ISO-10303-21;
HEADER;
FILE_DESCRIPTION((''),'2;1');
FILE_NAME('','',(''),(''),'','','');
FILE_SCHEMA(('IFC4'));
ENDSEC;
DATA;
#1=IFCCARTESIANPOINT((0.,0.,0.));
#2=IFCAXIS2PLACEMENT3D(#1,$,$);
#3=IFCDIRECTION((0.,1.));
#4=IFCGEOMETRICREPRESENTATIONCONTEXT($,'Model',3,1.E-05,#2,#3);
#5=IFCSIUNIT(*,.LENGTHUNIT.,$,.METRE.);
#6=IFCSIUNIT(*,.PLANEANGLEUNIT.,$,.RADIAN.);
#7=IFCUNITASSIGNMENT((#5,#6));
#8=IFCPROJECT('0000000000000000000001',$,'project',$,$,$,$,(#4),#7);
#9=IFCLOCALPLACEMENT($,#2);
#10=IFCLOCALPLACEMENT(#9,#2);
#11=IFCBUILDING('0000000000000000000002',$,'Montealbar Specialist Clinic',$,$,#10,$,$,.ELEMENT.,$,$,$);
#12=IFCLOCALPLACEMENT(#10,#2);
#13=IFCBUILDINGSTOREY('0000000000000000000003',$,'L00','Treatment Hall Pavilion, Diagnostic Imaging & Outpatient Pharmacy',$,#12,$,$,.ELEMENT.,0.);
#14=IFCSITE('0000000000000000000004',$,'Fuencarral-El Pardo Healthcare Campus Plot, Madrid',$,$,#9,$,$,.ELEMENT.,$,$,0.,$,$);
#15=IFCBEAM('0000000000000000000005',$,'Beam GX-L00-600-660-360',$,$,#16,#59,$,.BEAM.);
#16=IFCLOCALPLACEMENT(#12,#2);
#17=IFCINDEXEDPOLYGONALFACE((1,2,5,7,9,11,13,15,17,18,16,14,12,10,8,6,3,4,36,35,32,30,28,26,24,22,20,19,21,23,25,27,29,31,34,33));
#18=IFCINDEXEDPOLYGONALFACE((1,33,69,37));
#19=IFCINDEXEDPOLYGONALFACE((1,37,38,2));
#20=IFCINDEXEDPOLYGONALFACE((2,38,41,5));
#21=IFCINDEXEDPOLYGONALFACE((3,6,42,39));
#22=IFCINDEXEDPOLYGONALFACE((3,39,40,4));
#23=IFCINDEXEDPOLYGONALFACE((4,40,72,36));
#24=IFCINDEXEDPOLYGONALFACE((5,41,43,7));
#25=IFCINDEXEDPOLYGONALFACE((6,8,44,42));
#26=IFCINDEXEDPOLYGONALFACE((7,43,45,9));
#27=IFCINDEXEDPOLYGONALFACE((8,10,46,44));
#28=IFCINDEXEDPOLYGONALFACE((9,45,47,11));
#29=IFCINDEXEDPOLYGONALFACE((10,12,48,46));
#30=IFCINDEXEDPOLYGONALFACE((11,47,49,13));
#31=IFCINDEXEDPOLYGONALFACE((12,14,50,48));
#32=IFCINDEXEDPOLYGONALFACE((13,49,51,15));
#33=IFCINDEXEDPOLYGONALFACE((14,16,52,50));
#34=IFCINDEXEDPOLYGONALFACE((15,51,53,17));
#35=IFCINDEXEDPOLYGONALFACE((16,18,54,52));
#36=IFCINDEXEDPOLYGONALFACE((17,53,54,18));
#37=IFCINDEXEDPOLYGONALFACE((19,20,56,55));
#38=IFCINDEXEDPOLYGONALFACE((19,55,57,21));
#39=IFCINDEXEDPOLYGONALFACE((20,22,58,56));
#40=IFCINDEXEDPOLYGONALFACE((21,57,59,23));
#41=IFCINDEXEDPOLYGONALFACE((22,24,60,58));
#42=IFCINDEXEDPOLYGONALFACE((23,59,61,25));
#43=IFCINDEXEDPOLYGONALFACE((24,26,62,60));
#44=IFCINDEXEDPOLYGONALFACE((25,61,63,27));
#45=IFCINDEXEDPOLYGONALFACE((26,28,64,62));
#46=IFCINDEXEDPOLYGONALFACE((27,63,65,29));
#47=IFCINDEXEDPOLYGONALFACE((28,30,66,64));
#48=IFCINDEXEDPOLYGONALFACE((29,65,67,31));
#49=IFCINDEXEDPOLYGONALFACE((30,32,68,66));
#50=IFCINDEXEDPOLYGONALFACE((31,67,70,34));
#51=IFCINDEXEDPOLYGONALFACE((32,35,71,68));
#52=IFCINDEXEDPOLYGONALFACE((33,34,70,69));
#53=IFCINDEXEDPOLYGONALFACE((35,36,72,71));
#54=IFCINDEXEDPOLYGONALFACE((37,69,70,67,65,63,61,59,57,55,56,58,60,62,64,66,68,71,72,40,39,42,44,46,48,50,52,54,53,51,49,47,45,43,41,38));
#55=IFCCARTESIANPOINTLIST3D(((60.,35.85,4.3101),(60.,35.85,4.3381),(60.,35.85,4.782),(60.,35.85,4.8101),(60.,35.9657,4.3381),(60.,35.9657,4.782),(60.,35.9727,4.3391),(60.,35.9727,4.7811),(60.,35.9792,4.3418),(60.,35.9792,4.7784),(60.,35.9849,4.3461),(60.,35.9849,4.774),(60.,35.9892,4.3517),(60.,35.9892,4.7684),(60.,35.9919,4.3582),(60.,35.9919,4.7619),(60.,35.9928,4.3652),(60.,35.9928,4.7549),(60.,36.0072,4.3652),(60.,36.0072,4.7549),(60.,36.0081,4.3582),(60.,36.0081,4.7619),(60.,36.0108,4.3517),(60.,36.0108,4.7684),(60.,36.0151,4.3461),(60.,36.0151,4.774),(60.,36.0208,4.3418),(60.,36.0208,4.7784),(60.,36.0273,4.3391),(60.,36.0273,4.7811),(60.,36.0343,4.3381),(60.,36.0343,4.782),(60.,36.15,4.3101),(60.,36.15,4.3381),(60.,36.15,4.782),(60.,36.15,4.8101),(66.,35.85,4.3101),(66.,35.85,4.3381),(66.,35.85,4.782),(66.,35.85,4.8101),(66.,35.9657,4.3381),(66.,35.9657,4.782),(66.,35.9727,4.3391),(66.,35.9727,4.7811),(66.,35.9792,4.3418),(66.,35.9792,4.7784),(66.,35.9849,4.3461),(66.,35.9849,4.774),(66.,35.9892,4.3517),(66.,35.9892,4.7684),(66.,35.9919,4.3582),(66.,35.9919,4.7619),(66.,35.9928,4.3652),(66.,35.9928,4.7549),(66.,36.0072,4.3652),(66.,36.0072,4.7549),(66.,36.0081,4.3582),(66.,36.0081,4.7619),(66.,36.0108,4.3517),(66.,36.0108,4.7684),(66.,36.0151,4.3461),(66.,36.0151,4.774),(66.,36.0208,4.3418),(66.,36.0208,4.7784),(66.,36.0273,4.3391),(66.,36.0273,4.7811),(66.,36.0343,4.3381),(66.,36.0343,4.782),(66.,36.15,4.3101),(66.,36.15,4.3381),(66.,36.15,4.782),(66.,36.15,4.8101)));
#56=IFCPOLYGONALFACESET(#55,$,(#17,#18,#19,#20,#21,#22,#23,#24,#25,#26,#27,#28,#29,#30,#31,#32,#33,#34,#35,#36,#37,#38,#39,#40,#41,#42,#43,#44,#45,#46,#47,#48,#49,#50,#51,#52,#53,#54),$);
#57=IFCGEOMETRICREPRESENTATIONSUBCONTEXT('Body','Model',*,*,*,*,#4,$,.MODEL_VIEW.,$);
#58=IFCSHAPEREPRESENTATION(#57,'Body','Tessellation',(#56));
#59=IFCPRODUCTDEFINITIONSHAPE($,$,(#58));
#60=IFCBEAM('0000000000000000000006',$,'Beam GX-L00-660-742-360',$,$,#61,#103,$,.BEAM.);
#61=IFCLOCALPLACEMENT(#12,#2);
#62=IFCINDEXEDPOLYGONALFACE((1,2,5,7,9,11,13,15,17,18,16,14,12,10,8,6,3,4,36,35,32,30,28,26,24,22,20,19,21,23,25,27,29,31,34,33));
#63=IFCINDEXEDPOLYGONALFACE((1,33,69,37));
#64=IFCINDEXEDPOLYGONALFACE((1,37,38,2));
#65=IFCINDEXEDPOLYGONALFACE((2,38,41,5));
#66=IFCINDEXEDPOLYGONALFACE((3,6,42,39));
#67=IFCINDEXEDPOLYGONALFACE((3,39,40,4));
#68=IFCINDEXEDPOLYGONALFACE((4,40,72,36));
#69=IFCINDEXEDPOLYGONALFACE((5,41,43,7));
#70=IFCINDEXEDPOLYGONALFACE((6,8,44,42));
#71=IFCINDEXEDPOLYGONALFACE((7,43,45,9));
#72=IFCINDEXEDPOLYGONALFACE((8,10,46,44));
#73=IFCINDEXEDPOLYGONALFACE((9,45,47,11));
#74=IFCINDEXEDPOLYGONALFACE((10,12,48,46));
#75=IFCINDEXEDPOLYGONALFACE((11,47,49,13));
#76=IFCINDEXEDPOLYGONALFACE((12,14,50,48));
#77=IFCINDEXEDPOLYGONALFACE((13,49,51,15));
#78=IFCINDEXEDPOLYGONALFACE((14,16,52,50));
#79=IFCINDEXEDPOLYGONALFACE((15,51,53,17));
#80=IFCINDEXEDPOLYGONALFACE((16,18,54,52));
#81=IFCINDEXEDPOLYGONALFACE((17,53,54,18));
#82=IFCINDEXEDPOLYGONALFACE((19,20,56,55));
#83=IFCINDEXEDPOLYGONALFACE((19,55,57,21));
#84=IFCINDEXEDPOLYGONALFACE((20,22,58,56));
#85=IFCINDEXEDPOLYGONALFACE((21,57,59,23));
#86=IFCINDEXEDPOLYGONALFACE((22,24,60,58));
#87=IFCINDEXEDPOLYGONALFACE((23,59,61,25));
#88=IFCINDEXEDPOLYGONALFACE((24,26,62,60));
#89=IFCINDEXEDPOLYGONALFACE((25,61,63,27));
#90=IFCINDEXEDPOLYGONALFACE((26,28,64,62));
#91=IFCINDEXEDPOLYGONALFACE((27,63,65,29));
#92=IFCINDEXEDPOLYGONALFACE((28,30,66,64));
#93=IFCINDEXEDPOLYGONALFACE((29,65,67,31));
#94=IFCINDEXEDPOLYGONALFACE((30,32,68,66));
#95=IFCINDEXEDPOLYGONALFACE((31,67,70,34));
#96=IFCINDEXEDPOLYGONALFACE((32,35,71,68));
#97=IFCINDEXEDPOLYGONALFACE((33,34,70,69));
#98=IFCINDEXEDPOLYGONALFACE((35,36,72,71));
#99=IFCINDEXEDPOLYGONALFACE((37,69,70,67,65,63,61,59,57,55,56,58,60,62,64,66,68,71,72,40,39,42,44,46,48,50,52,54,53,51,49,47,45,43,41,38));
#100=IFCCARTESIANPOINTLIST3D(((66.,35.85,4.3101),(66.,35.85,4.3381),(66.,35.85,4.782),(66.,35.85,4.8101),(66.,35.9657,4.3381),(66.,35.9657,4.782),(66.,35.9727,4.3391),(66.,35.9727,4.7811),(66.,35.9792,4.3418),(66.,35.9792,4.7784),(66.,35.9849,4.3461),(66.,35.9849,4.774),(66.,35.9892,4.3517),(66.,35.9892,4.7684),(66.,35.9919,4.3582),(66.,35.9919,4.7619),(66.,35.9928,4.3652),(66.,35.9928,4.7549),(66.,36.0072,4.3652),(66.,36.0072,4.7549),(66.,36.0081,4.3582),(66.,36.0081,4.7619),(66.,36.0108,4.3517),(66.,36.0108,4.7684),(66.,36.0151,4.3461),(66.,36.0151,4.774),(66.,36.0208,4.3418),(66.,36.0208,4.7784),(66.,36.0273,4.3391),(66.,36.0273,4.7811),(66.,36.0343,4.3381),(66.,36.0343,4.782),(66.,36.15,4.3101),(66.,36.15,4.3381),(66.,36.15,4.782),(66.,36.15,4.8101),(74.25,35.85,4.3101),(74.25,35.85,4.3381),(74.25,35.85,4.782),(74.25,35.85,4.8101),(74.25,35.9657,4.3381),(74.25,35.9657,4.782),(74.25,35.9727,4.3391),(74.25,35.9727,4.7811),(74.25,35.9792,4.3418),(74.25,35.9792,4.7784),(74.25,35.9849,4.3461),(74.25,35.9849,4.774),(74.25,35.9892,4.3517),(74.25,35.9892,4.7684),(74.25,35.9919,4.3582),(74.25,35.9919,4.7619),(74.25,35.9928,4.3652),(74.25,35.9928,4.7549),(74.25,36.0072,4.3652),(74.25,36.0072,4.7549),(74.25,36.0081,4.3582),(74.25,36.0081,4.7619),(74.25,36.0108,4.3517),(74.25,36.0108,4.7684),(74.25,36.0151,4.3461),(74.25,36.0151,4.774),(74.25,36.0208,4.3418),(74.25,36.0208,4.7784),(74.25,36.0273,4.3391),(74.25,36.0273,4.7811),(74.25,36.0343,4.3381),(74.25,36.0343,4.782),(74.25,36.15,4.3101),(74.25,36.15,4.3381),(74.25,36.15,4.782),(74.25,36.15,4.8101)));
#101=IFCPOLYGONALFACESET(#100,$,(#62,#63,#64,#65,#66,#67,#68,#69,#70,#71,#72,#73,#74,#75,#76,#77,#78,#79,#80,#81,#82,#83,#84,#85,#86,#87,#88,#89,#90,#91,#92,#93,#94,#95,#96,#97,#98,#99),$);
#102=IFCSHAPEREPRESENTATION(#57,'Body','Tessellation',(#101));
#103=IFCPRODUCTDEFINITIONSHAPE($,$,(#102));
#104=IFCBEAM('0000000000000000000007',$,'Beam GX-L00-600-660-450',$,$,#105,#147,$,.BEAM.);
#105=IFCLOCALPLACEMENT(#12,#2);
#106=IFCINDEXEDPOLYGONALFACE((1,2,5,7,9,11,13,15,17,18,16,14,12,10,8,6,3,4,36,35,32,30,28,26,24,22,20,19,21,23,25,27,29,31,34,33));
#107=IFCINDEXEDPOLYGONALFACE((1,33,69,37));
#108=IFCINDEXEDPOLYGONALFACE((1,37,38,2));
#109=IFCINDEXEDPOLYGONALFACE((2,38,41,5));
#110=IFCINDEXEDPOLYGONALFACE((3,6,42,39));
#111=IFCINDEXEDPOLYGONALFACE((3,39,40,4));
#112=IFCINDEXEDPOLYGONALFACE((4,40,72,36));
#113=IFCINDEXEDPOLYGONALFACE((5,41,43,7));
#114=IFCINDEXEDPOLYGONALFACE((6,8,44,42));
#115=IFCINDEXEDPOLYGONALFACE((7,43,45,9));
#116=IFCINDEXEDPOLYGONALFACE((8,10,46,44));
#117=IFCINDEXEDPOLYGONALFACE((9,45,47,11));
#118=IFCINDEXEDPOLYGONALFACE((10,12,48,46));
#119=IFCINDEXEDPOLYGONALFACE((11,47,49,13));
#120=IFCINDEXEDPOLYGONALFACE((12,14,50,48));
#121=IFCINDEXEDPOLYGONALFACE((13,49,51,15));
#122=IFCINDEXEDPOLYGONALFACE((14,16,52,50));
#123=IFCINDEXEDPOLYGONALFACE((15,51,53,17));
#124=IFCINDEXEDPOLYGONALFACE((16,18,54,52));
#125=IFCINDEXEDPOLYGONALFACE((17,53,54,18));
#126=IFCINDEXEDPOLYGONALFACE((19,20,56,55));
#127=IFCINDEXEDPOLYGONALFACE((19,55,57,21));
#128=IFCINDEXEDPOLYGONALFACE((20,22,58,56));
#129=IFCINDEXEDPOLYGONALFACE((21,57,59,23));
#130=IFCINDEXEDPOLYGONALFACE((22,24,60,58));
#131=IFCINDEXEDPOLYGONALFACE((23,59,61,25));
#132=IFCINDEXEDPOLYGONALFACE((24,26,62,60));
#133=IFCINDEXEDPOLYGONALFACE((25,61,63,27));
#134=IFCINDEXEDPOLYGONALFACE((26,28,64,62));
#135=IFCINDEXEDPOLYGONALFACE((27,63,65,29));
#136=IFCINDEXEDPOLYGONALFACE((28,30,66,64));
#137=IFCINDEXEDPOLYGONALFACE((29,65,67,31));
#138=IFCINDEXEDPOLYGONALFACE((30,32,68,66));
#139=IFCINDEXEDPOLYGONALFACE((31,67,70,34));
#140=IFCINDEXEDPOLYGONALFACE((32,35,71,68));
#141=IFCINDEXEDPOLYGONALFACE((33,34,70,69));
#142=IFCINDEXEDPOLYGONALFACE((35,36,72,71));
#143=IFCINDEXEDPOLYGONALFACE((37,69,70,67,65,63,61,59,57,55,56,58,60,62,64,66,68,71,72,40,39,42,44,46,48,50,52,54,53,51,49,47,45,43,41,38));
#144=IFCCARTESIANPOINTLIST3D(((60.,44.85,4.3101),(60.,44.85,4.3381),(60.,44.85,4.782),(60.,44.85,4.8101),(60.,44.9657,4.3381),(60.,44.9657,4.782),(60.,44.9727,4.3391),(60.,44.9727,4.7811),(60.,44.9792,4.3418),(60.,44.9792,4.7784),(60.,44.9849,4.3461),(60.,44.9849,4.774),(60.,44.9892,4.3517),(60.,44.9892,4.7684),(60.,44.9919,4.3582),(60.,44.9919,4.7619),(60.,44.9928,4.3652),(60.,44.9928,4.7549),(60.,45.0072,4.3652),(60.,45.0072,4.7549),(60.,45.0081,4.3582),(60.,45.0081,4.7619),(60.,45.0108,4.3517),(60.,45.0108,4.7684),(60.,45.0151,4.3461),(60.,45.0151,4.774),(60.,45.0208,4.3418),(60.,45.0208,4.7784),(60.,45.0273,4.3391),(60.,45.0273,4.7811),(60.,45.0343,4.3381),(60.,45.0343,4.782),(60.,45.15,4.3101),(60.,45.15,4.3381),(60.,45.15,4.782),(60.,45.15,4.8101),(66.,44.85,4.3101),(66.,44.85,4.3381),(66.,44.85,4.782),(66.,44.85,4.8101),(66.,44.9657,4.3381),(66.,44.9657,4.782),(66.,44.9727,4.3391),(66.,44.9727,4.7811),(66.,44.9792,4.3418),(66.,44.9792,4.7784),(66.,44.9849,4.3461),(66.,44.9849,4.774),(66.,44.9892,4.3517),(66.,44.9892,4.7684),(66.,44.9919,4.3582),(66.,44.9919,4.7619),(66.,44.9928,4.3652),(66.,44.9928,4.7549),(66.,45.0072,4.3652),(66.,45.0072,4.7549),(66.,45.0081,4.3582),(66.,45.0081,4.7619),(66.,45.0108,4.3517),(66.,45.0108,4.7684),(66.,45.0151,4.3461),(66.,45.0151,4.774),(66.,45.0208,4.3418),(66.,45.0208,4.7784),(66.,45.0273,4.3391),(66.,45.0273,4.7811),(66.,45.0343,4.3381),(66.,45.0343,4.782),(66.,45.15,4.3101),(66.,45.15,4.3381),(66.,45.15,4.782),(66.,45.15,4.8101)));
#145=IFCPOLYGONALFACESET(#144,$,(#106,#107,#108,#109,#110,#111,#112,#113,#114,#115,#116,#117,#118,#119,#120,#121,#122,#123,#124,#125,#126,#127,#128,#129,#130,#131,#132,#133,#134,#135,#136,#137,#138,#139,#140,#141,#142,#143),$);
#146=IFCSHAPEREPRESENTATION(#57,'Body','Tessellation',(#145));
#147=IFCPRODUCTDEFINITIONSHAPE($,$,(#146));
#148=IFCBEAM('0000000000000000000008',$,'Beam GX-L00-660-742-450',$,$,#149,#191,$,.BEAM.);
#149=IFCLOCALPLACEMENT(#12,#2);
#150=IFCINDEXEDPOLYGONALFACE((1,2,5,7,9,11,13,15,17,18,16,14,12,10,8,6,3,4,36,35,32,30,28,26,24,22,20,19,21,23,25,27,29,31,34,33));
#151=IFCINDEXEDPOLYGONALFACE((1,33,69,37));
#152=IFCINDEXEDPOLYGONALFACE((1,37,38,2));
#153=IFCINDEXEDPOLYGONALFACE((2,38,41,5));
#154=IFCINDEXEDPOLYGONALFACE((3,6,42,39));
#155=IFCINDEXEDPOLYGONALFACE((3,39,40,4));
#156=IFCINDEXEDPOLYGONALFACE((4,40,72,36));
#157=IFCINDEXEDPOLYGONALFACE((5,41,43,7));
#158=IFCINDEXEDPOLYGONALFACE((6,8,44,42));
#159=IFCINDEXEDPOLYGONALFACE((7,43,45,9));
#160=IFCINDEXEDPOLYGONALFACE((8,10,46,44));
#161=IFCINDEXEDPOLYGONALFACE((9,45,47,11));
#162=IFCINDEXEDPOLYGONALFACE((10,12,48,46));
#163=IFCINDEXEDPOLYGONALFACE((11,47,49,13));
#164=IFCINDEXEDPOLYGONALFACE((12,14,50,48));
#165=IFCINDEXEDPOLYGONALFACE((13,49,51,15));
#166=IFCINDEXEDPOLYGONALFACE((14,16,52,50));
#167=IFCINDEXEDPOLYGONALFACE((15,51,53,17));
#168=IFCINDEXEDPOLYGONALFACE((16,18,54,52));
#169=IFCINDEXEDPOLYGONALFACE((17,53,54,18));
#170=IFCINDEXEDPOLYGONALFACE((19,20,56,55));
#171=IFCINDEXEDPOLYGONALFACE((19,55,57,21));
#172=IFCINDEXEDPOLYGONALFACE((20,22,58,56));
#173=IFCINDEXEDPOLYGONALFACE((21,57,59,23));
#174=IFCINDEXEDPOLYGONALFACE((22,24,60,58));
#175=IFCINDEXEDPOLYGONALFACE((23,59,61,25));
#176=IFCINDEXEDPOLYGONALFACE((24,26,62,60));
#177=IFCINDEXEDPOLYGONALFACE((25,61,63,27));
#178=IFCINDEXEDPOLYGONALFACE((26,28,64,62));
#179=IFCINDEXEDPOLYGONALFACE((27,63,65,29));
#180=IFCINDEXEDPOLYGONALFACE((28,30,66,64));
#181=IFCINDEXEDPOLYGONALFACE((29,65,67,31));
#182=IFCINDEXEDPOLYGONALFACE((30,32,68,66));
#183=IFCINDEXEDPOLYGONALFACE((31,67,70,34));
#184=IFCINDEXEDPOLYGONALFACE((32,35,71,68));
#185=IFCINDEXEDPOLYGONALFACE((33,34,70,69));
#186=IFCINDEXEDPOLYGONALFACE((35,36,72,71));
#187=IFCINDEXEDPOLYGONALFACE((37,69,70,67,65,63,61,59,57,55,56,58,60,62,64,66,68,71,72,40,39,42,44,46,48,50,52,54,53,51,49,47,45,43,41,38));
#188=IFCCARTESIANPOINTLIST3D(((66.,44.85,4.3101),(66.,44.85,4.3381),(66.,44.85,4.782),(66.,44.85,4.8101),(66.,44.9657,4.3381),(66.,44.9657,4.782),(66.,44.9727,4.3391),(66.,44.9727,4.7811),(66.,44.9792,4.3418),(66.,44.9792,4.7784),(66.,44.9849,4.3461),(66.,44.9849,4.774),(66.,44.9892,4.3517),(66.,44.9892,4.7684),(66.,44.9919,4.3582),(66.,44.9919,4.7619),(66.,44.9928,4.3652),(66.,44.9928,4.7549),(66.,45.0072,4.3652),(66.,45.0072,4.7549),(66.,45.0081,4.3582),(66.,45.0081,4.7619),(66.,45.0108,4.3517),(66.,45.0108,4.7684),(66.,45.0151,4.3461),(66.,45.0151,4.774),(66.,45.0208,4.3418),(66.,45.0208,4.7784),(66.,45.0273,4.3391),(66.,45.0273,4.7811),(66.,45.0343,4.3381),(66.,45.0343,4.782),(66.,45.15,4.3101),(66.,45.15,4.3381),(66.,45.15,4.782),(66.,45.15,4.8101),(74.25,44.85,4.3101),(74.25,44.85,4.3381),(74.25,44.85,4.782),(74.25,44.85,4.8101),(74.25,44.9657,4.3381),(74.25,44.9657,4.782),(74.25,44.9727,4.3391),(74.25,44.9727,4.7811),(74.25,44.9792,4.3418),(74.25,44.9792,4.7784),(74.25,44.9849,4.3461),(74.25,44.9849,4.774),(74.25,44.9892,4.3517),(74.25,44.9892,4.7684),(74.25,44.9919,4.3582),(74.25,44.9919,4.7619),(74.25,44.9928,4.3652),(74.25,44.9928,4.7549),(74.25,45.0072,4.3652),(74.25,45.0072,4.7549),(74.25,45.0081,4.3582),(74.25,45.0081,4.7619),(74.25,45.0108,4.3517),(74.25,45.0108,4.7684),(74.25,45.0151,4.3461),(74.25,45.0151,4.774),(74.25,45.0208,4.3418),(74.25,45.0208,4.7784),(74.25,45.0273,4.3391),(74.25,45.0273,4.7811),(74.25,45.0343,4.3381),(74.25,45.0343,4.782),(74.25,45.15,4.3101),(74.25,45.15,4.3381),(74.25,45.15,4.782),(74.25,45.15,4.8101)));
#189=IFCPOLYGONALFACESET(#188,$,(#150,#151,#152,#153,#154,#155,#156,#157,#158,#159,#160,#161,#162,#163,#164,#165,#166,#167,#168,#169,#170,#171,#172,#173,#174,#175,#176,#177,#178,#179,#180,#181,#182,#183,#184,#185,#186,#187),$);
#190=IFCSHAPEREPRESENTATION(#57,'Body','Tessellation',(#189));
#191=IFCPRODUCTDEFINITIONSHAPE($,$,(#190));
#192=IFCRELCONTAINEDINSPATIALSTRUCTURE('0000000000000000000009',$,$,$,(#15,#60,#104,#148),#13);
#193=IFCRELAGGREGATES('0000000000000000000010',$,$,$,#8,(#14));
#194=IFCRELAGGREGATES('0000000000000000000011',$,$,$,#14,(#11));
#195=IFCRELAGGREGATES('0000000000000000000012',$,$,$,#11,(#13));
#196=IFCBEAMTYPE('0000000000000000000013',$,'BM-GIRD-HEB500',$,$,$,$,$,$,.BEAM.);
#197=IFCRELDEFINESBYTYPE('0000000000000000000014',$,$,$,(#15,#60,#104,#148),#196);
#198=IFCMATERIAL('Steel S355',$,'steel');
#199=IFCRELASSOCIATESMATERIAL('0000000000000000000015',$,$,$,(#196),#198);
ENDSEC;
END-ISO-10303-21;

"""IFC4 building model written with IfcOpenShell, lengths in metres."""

from ifc_helpers import new_model, si_unit, direction, frame, origin, origin_2d, place, context, subcontext, project, spatial, i_section, extrude, material, material_profile, profile_set, type_object, element, save


model = new_model("IFC4")

# Units and contexts
model_context = context("Model", 3, precision=1e-05, world=origin(), true_north=direction((0.0, 1.0)))
body_context = subcontext(model_context, "Body", "Model", "MODEL_VIEW")
ifc_project = project(units=[si_unit("LENGTHUNIT", "METRE"), si_unit("PLANEANGLEUNIT", "RADIAN")], contexts=[model_context])

# Site, building, storey
site_placement = place(None, origin())
site = spatial("IfcSite", under=ifc_project, at=site_placement, Name="Fuencarral-El Pardo Healthcare Campus Plot, Madrid", CompositionType="ELEMENT", RefElevation=0.0)
building_placement = place(site_placement, origin())
building = spatial("IfcBuilding", under=site, at=building_placement, Name="Montealbar Specialist Clinic", CompositionType="ELEMENT")
storey_placement = place(building_placement, origin())
storey = spatial("IfcBuildingStorey", under=building, at=storey_placement, Name="L00", Description="Treatment Hall Pavilion, Diagnostic Imaging & Outpatient Pharmacy", CompositionType="ELEMENT", Elevation=0.0)

# Shared definitions
ifc_material_1 = material(Name="Steel S355", Category="steel")

# Beams
ifc_material_profile_1 = material_profile(ifc_material_1, i_section(OverallWidth=0.3, OverallDepth=0.5, WebThickness=0.0144, FlangeThickness=0.0281, FilletRadius=0.0271, at=origin_2d()), Name="HEB 500", Category="steel")
ifc_profile_set_1 = profile_set([ifc_material_profile_1], Name="Steel S355")
beam_type_1 = type_object("IfcBeamType", Name="BM-GIRD-HEB500", PredefinedType="BEAM", material=ifc_profile_set_1)
beam_1_placement = place(storey_placement, frame((60.0, 36.0, 4.5601), z_axis=(1.0, 0.0, 0.0), x_axis=(0.0, 1.0, 0.0)))
element("IfcBeam", 1, at=beam_1_placement, inside=storey, type_object=beam_type_1, Name="Beam GX-L00-600-660-360", PredefinedType="BEAM", context=body_context, shape_type="SweptSolid", body=[
    extrude(i_section(OverallWidth=0.3, OverallDepth=0.5, WebThickness=0.0144, FlangeThickness=0.0281, FilletRadius=0.0271, at=origin_2d()), origin(), (0.0, 0.0, 1.0), 6.0),
])
beam_2_placement = place(storey_placement, frame((66.0, 36.0, 4.5601), z_axis=(1.0, 0.0, 0.0), x_axis=(0.0, 1.0, 0.0)))
element("IfcBeam", 2, at=beam_2_placement, inside=storey, type_object=beam_type_1, Name="Beam GX-L00-660-742-360", PredefinedType="BEAM", context=body_context, shape_type="SweptSolid", body=[
    extrude(i_section(OverallWidth=0.3, OverallDepth=0.5, WebThickness=0.0144, FlangeThickness=0.0281, FilletRadius=0.0271, at=origin_2d()), origin(), (0.0, 0.0, 1.0), 8.25),
])
beam_3_placement = place(storey_placement, frame((60.0, 45.0, 4.5601), z_axis=(1.0, 0.0, 0.0), x_axis=(0.0, 1.0, 0.0)))
element("IfcBeam", 3, at=beam_3_placement, inside=storey, type_object=beam_type_1, Name="Beam GX-L00-600-660-450", PredefinedType="BEAM", context=body_context, shape_type="SweptSolid", body=[
    extrude(i_section(OverallWidth=0.3, OverallDepth=0.5, WebThickness=0.0144, FlangeThickness=0.0281, FilletRadius=0.0271, at=origin_2d()), origin(), (0.0, 0.0, 1.0), 6.0),
])
beam_4_placement = place(storey_placement, frame((66.0, 45.0, 4.5601), z_axis=(1.0, 0.0, 0.0), x_axis=(0.0, 1.0, 0.0)))
element("IfcBeam", 4, at=beam_4_placement, inside=storey, type_object=beam_type_1, Name="Beam GX-L00-660-742-450", PredefinedType="BEAM", context=body_context, shape_type="SweptSolid", body=[
    extrude(i_section(OverallWidth=0.3, OverallDepth=0.5, WebThickness=0.0144, FlangeThickness=0.0281, FilletRadius=0.0271, at=origin_2d()), origin(), (0.0, 0.0, 1.0), 8.25),
])

save(model, "model.ifc")
